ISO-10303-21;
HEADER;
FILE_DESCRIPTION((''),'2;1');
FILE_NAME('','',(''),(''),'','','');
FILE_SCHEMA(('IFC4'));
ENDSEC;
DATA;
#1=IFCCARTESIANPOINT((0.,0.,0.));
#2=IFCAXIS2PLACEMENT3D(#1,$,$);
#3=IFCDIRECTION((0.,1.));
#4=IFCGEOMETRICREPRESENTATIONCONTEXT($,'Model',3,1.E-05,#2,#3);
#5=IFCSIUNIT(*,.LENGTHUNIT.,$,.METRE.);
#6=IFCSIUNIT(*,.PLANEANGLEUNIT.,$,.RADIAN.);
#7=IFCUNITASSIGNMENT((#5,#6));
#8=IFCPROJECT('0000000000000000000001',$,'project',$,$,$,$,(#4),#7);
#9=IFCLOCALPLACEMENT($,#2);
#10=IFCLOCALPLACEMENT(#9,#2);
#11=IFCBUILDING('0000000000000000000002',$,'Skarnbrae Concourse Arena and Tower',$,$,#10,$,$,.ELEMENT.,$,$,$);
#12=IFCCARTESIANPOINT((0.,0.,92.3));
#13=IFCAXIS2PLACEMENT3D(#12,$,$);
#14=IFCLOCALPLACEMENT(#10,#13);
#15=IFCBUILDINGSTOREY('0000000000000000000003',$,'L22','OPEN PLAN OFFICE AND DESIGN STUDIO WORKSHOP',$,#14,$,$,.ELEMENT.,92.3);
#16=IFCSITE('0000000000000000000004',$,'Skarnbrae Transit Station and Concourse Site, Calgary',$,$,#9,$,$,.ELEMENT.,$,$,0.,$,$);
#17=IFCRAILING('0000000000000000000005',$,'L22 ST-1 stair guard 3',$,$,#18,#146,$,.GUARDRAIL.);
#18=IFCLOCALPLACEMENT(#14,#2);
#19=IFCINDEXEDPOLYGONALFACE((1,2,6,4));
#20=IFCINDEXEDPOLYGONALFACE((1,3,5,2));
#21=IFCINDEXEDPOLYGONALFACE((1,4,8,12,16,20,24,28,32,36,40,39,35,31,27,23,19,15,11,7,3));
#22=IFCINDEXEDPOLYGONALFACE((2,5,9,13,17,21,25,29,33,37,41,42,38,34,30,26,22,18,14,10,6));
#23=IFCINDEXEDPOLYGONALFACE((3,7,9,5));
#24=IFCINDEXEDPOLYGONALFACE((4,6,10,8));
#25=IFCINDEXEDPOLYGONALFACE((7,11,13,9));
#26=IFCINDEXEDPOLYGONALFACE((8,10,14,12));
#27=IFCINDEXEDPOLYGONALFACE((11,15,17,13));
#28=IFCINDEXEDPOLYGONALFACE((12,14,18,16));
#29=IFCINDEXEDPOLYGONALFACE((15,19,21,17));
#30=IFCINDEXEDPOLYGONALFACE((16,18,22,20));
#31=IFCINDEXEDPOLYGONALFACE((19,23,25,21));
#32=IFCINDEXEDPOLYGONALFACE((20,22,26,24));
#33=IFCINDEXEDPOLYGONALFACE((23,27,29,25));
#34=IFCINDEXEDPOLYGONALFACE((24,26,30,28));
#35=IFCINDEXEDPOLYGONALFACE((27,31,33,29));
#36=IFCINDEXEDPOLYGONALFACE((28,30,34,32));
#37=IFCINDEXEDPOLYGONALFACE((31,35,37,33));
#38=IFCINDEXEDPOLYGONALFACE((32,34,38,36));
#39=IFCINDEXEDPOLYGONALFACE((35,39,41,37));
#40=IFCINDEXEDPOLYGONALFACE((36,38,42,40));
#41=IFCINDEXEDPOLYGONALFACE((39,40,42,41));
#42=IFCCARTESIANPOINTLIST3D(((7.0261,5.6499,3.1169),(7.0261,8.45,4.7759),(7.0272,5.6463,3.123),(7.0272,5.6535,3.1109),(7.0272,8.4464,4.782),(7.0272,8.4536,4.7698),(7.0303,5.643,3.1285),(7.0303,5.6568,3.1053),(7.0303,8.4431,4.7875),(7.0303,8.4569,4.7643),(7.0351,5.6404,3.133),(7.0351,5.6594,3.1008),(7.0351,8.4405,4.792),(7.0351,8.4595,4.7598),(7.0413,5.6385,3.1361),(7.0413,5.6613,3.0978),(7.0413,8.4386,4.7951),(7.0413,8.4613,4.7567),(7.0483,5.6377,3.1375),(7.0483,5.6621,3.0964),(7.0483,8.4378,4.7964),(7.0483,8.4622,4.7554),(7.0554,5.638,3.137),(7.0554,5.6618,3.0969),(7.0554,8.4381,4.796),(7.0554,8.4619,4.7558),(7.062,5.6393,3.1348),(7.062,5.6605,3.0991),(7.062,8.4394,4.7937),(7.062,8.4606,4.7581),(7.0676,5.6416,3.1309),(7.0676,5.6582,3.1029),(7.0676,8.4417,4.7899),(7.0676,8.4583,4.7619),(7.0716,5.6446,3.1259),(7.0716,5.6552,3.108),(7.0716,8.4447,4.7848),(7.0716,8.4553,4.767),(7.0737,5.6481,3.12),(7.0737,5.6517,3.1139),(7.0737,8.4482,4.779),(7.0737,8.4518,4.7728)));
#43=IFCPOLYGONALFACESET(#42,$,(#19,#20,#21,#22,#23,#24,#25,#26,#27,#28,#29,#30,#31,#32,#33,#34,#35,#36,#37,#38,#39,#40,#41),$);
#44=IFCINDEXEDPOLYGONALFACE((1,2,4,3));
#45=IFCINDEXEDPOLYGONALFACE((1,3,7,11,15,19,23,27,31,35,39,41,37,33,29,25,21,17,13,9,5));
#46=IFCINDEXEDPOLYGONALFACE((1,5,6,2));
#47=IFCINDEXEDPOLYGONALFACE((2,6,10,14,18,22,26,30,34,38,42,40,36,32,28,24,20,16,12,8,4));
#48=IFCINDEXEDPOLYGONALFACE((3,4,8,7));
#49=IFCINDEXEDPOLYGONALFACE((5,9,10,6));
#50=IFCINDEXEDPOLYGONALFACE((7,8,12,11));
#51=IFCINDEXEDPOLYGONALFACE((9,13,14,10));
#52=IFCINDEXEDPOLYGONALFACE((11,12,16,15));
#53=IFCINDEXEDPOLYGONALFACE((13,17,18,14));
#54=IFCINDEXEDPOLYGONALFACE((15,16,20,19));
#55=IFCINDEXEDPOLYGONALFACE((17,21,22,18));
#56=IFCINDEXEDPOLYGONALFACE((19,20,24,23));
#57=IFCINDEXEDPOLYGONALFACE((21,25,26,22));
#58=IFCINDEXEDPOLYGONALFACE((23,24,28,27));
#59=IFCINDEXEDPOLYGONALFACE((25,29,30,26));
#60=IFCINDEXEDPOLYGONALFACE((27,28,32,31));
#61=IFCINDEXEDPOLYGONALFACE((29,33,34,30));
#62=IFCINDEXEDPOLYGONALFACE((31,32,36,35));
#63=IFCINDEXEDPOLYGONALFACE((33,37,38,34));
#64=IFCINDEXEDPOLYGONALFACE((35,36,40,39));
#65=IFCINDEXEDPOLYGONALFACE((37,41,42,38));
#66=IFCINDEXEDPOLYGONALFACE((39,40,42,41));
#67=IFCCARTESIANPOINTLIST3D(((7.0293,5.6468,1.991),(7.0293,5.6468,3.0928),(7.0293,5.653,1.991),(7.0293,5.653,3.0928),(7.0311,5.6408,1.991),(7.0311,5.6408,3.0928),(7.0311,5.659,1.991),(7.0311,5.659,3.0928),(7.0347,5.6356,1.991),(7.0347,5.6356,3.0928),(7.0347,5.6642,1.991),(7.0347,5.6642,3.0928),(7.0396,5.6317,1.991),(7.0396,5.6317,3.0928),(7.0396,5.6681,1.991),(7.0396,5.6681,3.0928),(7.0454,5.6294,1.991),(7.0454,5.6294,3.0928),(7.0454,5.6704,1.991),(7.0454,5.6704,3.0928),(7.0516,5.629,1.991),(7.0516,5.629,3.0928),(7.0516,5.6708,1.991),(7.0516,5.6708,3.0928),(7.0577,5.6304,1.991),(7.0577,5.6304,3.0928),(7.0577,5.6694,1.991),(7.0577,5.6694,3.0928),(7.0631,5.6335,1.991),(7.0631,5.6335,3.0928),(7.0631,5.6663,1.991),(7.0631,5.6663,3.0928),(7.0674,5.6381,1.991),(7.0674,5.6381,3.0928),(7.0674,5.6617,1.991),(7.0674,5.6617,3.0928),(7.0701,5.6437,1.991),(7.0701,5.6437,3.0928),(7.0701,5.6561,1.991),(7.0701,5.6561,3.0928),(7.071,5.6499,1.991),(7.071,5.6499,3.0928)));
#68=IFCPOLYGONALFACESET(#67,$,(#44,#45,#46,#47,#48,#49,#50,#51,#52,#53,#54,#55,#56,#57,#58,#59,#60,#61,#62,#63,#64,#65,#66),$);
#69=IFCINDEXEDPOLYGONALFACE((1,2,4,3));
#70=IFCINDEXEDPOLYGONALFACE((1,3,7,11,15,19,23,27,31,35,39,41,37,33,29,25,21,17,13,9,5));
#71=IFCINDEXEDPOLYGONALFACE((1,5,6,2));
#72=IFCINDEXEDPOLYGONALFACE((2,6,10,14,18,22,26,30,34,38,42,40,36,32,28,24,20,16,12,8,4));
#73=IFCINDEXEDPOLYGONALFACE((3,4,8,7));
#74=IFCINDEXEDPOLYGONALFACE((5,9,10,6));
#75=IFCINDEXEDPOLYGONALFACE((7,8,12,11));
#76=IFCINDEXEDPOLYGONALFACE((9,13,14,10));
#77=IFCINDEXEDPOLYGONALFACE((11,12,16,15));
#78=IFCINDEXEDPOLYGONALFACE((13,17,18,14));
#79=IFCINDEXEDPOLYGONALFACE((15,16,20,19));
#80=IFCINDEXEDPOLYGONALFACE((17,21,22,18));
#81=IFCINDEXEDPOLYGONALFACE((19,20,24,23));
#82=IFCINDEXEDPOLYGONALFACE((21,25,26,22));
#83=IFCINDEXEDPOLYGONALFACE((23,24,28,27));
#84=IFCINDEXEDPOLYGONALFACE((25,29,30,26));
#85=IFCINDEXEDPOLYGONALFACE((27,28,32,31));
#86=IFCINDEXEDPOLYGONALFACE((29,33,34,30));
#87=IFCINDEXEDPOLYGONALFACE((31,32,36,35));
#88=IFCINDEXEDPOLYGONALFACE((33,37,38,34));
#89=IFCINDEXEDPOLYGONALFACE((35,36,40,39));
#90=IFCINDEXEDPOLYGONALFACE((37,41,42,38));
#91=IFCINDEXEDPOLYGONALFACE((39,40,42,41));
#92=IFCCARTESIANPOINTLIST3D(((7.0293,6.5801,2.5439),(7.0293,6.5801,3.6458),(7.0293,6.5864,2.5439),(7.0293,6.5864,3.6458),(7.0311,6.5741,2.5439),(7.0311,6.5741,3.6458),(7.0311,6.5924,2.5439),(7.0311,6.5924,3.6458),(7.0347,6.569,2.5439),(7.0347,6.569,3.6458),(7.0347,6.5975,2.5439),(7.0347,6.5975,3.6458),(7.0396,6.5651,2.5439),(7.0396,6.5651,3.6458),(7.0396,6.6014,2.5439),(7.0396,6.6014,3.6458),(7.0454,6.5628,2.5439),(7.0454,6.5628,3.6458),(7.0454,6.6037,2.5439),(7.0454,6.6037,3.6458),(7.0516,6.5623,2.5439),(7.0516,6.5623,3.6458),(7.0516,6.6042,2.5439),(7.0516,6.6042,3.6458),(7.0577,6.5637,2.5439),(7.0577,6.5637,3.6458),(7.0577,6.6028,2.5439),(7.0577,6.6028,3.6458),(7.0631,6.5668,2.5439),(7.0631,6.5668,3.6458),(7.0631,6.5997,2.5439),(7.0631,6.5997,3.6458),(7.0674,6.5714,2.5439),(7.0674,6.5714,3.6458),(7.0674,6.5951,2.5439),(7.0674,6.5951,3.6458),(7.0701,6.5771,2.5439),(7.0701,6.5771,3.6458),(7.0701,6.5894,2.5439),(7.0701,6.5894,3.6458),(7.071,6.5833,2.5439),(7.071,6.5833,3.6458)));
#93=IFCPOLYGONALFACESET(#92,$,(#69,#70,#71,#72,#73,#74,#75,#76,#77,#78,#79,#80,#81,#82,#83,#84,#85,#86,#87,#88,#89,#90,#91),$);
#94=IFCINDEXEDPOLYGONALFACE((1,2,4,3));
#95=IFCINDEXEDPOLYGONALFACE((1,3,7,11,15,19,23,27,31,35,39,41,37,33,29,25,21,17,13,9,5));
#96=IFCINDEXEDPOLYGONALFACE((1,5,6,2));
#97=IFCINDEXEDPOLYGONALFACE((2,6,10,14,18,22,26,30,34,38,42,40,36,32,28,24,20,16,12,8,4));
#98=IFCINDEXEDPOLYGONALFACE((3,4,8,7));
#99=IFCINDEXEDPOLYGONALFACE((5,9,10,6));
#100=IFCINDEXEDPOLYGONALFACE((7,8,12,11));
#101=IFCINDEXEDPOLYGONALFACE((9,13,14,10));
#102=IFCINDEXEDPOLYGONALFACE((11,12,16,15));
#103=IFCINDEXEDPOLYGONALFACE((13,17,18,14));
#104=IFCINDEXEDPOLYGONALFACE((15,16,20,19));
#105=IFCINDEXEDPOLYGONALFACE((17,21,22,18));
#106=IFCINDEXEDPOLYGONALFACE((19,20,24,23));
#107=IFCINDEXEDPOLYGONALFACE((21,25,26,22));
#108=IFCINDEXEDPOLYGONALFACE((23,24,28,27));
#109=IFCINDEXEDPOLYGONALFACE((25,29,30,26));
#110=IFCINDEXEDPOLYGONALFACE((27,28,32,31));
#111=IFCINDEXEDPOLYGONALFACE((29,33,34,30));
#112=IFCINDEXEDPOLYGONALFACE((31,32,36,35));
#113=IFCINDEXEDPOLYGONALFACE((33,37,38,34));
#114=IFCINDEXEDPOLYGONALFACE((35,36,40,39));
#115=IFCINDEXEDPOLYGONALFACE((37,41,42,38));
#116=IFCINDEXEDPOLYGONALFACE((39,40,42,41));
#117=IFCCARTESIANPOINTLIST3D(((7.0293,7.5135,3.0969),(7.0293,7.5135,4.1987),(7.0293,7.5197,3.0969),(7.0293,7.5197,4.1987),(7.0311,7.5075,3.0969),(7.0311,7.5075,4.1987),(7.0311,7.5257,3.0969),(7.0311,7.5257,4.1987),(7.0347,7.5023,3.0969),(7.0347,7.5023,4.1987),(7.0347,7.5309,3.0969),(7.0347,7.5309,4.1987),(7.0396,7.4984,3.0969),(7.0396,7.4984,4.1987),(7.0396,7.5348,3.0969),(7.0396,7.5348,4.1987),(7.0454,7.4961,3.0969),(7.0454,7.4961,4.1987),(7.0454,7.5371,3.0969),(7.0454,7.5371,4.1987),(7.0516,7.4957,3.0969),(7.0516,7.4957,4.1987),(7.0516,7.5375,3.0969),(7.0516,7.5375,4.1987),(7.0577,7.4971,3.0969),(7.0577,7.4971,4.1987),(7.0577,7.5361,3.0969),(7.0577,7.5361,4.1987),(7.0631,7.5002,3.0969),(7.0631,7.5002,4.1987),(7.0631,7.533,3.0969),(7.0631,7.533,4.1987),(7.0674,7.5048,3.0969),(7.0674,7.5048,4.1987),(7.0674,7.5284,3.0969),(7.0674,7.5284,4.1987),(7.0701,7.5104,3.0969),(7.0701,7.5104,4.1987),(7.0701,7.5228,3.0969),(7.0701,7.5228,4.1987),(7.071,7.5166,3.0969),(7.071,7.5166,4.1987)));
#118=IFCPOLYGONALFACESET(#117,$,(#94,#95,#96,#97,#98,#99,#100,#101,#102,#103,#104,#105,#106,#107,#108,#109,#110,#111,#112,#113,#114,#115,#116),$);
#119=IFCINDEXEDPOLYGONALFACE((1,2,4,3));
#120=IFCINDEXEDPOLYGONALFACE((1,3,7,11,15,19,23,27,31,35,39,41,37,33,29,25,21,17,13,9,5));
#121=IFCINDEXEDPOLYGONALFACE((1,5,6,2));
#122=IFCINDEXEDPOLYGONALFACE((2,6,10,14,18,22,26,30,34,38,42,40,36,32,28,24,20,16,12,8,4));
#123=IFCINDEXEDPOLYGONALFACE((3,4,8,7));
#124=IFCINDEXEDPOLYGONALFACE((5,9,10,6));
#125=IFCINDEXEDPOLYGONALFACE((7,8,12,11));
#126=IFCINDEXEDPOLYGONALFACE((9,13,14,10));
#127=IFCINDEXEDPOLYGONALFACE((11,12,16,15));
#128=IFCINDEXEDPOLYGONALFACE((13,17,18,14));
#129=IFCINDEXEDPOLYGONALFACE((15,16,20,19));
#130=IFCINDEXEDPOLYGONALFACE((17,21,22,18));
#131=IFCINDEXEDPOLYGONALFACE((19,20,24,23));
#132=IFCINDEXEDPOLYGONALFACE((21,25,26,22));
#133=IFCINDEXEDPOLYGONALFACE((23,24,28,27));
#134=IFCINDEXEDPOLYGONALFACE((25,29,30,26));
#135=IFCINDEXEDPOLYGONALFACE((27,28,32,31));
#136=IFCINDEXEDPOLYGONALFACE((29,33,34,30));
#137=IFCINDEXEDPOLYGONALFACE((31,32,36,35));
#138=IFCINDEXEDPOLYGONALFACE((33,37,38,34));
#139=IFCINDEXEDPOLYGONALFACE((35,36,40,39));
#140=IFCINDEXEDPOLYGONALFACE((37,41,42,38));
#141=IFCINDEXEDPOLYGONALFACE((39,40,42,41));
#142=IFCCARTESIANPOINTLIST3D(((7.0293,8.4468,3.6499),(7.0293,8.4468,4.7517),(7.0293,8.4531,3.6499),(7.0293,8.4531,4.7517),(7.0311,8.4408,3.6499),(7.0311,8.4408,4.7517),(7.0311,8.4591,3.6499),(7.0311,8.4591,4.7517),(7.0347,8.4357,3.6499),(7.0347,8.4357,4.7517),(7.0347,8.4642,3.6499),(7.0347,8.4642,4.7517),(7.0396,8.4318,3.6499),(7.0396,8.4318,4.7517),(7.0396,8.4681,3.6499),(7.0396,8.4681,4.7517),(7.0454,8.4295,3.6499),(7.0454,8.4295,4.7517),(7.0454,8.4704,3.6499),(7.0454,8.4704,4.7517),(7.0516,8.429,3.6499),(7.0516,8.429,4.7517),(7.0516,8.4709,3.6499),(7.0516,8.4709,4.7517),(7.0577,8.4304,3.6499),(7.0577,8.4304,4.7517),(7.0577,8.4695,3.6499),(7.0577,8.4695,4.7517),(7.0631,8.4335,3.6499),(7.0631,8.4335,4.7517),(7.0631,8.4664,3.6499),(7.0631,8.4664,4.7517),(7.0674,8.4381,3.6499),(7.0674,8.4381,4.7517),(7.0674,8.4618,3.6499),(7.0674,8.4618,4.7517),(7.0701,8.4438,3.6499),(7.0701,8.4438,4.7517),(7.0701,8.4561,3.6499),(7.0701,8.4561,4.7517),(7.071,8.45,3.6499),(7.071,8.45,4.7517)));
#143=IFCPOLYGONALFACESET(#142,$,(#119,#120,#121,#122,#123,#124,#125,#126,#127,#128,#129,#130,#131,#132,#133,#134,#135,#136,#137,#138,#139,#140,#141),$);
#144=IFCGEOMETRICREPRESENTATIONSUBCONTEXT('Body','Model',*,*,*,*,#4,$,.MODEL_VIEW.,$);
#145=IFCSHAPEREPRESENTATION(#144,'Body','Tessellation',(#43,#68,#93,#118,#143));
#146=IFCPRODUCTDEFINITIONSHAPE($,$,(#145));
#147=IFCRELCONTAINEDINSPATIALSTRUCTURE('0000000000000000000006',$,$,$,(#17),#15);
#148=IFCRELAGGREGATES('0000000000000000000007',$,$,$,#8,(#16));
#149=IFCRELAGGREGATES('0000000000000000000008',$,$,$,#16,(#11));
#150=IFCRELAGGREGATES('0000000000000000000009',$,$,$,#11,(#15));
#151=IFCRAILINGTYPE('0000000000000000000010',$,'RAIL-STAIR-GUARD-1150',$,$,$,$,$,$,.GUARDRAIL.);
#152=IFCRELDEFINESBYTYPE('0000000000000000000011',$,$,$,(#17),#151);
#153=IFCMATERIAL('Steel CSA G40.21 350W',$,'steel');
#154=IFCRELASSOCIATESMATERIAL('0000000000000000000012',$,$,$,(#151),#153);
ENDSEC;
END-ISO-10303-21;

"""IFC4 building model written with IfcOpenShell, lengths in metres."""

from ifc_helpers import new_model, si_unit, direction, frame, origin, origin_2d, place, context, subcontext, project, spatial, circle, extrude, material, type_object, element, save


model = new_model("IFC4")

# Units and contexts
model_context = context("Model", 3, precision=1e-05, world=origin(), true_north=direction((0.0, 1.0)))
body_context = subcontext(model_context, "Body", "Model", "MODEL_VIEW")
ifc_project = project(units=[si_unit("LENGTHUNIT", "METRE"), si_unit("PLANEANGLEUNIT", "RADIAN")], contexts=[model_context])

# Site, building, storey
site_placement = place(None, origin())
site = spatial("IfcSite", under=ifc_project, at=site_placement, Name="Skarnbrae Transit Station and Concourse Site, Calgary", CompositionType="ELEMENT", RefElevation=0.0)
building_placement = place(site_placement, origin())
building = spatial("IfcBuilding", under=site, at=building_placement, Name="Skarnbrae Concourse Arena and Tower", CompositionType="ELEMENT")
storey_placement = place(building_placement, frame((0.0, 0.0, 92.3)))
storey = spatial("IfcBuildingStorey", under=building, at=storey_placement, Name="L22", Description="OPEN PLAN OFFICE AND DESIGN STUDIO WORKSHOP", CompositionType="ELEMENT", Elevation=92.3)

# Shared definitions
ifc_material_1 = material(Name="Steel CSA G40.21 350W", Category="steel")

# Railing
railing_type_1 = type_object("IfcRailingType", Name="RAIL-STAIR-GUARD-1150", PredefinedType="GUARDRAIL", material=ifc_material_1)
railing_1_placement = place(storey_placement, frame((7.05, 5.6499, 1.991)))
element("IfcRailing", 1, at=railing_1_placement, inside=storey, type_object=railing_type_1, Name="L22 ST-1 stair guard 3", PredefinedType="GUARDRAIL", context=body_context, shape_type="SweptSolid", body=[
    extrude(circle(Radius=0.0239, at=origin_2d()), frame((0.0, 0.0, 1.126), z_axis=(0.0, 0.860339, 0.509722), x_axis=(-1.0, 0.0, 0.0)), (0.0, 0.0, 1.0), 3.2546),
    extrude(circle(Radius=0.021, at=origin_2d()), origin(), (0.0, 0.0, 1.0), 1.1018),
    extrude(circle(Radius=0.021, at=origin_2d()), frame((0.0, 0.9333, 0.553)), (0.0, 0.0, 1.0), 1.1018),
    extrude(circle(Radius=0.021, at=origin_2d()), frame((0.0, 1.8667, 1.106)), (0.0, 0.0, 1.0), 1.1018),
    extrude(circle(Radius=0.021, at=origin_2d()), frame((0.0, 2.8, 1.6589)), (0.0, 0.0, 1.0), 1.1018),
])

save(model, "model.ifc")
